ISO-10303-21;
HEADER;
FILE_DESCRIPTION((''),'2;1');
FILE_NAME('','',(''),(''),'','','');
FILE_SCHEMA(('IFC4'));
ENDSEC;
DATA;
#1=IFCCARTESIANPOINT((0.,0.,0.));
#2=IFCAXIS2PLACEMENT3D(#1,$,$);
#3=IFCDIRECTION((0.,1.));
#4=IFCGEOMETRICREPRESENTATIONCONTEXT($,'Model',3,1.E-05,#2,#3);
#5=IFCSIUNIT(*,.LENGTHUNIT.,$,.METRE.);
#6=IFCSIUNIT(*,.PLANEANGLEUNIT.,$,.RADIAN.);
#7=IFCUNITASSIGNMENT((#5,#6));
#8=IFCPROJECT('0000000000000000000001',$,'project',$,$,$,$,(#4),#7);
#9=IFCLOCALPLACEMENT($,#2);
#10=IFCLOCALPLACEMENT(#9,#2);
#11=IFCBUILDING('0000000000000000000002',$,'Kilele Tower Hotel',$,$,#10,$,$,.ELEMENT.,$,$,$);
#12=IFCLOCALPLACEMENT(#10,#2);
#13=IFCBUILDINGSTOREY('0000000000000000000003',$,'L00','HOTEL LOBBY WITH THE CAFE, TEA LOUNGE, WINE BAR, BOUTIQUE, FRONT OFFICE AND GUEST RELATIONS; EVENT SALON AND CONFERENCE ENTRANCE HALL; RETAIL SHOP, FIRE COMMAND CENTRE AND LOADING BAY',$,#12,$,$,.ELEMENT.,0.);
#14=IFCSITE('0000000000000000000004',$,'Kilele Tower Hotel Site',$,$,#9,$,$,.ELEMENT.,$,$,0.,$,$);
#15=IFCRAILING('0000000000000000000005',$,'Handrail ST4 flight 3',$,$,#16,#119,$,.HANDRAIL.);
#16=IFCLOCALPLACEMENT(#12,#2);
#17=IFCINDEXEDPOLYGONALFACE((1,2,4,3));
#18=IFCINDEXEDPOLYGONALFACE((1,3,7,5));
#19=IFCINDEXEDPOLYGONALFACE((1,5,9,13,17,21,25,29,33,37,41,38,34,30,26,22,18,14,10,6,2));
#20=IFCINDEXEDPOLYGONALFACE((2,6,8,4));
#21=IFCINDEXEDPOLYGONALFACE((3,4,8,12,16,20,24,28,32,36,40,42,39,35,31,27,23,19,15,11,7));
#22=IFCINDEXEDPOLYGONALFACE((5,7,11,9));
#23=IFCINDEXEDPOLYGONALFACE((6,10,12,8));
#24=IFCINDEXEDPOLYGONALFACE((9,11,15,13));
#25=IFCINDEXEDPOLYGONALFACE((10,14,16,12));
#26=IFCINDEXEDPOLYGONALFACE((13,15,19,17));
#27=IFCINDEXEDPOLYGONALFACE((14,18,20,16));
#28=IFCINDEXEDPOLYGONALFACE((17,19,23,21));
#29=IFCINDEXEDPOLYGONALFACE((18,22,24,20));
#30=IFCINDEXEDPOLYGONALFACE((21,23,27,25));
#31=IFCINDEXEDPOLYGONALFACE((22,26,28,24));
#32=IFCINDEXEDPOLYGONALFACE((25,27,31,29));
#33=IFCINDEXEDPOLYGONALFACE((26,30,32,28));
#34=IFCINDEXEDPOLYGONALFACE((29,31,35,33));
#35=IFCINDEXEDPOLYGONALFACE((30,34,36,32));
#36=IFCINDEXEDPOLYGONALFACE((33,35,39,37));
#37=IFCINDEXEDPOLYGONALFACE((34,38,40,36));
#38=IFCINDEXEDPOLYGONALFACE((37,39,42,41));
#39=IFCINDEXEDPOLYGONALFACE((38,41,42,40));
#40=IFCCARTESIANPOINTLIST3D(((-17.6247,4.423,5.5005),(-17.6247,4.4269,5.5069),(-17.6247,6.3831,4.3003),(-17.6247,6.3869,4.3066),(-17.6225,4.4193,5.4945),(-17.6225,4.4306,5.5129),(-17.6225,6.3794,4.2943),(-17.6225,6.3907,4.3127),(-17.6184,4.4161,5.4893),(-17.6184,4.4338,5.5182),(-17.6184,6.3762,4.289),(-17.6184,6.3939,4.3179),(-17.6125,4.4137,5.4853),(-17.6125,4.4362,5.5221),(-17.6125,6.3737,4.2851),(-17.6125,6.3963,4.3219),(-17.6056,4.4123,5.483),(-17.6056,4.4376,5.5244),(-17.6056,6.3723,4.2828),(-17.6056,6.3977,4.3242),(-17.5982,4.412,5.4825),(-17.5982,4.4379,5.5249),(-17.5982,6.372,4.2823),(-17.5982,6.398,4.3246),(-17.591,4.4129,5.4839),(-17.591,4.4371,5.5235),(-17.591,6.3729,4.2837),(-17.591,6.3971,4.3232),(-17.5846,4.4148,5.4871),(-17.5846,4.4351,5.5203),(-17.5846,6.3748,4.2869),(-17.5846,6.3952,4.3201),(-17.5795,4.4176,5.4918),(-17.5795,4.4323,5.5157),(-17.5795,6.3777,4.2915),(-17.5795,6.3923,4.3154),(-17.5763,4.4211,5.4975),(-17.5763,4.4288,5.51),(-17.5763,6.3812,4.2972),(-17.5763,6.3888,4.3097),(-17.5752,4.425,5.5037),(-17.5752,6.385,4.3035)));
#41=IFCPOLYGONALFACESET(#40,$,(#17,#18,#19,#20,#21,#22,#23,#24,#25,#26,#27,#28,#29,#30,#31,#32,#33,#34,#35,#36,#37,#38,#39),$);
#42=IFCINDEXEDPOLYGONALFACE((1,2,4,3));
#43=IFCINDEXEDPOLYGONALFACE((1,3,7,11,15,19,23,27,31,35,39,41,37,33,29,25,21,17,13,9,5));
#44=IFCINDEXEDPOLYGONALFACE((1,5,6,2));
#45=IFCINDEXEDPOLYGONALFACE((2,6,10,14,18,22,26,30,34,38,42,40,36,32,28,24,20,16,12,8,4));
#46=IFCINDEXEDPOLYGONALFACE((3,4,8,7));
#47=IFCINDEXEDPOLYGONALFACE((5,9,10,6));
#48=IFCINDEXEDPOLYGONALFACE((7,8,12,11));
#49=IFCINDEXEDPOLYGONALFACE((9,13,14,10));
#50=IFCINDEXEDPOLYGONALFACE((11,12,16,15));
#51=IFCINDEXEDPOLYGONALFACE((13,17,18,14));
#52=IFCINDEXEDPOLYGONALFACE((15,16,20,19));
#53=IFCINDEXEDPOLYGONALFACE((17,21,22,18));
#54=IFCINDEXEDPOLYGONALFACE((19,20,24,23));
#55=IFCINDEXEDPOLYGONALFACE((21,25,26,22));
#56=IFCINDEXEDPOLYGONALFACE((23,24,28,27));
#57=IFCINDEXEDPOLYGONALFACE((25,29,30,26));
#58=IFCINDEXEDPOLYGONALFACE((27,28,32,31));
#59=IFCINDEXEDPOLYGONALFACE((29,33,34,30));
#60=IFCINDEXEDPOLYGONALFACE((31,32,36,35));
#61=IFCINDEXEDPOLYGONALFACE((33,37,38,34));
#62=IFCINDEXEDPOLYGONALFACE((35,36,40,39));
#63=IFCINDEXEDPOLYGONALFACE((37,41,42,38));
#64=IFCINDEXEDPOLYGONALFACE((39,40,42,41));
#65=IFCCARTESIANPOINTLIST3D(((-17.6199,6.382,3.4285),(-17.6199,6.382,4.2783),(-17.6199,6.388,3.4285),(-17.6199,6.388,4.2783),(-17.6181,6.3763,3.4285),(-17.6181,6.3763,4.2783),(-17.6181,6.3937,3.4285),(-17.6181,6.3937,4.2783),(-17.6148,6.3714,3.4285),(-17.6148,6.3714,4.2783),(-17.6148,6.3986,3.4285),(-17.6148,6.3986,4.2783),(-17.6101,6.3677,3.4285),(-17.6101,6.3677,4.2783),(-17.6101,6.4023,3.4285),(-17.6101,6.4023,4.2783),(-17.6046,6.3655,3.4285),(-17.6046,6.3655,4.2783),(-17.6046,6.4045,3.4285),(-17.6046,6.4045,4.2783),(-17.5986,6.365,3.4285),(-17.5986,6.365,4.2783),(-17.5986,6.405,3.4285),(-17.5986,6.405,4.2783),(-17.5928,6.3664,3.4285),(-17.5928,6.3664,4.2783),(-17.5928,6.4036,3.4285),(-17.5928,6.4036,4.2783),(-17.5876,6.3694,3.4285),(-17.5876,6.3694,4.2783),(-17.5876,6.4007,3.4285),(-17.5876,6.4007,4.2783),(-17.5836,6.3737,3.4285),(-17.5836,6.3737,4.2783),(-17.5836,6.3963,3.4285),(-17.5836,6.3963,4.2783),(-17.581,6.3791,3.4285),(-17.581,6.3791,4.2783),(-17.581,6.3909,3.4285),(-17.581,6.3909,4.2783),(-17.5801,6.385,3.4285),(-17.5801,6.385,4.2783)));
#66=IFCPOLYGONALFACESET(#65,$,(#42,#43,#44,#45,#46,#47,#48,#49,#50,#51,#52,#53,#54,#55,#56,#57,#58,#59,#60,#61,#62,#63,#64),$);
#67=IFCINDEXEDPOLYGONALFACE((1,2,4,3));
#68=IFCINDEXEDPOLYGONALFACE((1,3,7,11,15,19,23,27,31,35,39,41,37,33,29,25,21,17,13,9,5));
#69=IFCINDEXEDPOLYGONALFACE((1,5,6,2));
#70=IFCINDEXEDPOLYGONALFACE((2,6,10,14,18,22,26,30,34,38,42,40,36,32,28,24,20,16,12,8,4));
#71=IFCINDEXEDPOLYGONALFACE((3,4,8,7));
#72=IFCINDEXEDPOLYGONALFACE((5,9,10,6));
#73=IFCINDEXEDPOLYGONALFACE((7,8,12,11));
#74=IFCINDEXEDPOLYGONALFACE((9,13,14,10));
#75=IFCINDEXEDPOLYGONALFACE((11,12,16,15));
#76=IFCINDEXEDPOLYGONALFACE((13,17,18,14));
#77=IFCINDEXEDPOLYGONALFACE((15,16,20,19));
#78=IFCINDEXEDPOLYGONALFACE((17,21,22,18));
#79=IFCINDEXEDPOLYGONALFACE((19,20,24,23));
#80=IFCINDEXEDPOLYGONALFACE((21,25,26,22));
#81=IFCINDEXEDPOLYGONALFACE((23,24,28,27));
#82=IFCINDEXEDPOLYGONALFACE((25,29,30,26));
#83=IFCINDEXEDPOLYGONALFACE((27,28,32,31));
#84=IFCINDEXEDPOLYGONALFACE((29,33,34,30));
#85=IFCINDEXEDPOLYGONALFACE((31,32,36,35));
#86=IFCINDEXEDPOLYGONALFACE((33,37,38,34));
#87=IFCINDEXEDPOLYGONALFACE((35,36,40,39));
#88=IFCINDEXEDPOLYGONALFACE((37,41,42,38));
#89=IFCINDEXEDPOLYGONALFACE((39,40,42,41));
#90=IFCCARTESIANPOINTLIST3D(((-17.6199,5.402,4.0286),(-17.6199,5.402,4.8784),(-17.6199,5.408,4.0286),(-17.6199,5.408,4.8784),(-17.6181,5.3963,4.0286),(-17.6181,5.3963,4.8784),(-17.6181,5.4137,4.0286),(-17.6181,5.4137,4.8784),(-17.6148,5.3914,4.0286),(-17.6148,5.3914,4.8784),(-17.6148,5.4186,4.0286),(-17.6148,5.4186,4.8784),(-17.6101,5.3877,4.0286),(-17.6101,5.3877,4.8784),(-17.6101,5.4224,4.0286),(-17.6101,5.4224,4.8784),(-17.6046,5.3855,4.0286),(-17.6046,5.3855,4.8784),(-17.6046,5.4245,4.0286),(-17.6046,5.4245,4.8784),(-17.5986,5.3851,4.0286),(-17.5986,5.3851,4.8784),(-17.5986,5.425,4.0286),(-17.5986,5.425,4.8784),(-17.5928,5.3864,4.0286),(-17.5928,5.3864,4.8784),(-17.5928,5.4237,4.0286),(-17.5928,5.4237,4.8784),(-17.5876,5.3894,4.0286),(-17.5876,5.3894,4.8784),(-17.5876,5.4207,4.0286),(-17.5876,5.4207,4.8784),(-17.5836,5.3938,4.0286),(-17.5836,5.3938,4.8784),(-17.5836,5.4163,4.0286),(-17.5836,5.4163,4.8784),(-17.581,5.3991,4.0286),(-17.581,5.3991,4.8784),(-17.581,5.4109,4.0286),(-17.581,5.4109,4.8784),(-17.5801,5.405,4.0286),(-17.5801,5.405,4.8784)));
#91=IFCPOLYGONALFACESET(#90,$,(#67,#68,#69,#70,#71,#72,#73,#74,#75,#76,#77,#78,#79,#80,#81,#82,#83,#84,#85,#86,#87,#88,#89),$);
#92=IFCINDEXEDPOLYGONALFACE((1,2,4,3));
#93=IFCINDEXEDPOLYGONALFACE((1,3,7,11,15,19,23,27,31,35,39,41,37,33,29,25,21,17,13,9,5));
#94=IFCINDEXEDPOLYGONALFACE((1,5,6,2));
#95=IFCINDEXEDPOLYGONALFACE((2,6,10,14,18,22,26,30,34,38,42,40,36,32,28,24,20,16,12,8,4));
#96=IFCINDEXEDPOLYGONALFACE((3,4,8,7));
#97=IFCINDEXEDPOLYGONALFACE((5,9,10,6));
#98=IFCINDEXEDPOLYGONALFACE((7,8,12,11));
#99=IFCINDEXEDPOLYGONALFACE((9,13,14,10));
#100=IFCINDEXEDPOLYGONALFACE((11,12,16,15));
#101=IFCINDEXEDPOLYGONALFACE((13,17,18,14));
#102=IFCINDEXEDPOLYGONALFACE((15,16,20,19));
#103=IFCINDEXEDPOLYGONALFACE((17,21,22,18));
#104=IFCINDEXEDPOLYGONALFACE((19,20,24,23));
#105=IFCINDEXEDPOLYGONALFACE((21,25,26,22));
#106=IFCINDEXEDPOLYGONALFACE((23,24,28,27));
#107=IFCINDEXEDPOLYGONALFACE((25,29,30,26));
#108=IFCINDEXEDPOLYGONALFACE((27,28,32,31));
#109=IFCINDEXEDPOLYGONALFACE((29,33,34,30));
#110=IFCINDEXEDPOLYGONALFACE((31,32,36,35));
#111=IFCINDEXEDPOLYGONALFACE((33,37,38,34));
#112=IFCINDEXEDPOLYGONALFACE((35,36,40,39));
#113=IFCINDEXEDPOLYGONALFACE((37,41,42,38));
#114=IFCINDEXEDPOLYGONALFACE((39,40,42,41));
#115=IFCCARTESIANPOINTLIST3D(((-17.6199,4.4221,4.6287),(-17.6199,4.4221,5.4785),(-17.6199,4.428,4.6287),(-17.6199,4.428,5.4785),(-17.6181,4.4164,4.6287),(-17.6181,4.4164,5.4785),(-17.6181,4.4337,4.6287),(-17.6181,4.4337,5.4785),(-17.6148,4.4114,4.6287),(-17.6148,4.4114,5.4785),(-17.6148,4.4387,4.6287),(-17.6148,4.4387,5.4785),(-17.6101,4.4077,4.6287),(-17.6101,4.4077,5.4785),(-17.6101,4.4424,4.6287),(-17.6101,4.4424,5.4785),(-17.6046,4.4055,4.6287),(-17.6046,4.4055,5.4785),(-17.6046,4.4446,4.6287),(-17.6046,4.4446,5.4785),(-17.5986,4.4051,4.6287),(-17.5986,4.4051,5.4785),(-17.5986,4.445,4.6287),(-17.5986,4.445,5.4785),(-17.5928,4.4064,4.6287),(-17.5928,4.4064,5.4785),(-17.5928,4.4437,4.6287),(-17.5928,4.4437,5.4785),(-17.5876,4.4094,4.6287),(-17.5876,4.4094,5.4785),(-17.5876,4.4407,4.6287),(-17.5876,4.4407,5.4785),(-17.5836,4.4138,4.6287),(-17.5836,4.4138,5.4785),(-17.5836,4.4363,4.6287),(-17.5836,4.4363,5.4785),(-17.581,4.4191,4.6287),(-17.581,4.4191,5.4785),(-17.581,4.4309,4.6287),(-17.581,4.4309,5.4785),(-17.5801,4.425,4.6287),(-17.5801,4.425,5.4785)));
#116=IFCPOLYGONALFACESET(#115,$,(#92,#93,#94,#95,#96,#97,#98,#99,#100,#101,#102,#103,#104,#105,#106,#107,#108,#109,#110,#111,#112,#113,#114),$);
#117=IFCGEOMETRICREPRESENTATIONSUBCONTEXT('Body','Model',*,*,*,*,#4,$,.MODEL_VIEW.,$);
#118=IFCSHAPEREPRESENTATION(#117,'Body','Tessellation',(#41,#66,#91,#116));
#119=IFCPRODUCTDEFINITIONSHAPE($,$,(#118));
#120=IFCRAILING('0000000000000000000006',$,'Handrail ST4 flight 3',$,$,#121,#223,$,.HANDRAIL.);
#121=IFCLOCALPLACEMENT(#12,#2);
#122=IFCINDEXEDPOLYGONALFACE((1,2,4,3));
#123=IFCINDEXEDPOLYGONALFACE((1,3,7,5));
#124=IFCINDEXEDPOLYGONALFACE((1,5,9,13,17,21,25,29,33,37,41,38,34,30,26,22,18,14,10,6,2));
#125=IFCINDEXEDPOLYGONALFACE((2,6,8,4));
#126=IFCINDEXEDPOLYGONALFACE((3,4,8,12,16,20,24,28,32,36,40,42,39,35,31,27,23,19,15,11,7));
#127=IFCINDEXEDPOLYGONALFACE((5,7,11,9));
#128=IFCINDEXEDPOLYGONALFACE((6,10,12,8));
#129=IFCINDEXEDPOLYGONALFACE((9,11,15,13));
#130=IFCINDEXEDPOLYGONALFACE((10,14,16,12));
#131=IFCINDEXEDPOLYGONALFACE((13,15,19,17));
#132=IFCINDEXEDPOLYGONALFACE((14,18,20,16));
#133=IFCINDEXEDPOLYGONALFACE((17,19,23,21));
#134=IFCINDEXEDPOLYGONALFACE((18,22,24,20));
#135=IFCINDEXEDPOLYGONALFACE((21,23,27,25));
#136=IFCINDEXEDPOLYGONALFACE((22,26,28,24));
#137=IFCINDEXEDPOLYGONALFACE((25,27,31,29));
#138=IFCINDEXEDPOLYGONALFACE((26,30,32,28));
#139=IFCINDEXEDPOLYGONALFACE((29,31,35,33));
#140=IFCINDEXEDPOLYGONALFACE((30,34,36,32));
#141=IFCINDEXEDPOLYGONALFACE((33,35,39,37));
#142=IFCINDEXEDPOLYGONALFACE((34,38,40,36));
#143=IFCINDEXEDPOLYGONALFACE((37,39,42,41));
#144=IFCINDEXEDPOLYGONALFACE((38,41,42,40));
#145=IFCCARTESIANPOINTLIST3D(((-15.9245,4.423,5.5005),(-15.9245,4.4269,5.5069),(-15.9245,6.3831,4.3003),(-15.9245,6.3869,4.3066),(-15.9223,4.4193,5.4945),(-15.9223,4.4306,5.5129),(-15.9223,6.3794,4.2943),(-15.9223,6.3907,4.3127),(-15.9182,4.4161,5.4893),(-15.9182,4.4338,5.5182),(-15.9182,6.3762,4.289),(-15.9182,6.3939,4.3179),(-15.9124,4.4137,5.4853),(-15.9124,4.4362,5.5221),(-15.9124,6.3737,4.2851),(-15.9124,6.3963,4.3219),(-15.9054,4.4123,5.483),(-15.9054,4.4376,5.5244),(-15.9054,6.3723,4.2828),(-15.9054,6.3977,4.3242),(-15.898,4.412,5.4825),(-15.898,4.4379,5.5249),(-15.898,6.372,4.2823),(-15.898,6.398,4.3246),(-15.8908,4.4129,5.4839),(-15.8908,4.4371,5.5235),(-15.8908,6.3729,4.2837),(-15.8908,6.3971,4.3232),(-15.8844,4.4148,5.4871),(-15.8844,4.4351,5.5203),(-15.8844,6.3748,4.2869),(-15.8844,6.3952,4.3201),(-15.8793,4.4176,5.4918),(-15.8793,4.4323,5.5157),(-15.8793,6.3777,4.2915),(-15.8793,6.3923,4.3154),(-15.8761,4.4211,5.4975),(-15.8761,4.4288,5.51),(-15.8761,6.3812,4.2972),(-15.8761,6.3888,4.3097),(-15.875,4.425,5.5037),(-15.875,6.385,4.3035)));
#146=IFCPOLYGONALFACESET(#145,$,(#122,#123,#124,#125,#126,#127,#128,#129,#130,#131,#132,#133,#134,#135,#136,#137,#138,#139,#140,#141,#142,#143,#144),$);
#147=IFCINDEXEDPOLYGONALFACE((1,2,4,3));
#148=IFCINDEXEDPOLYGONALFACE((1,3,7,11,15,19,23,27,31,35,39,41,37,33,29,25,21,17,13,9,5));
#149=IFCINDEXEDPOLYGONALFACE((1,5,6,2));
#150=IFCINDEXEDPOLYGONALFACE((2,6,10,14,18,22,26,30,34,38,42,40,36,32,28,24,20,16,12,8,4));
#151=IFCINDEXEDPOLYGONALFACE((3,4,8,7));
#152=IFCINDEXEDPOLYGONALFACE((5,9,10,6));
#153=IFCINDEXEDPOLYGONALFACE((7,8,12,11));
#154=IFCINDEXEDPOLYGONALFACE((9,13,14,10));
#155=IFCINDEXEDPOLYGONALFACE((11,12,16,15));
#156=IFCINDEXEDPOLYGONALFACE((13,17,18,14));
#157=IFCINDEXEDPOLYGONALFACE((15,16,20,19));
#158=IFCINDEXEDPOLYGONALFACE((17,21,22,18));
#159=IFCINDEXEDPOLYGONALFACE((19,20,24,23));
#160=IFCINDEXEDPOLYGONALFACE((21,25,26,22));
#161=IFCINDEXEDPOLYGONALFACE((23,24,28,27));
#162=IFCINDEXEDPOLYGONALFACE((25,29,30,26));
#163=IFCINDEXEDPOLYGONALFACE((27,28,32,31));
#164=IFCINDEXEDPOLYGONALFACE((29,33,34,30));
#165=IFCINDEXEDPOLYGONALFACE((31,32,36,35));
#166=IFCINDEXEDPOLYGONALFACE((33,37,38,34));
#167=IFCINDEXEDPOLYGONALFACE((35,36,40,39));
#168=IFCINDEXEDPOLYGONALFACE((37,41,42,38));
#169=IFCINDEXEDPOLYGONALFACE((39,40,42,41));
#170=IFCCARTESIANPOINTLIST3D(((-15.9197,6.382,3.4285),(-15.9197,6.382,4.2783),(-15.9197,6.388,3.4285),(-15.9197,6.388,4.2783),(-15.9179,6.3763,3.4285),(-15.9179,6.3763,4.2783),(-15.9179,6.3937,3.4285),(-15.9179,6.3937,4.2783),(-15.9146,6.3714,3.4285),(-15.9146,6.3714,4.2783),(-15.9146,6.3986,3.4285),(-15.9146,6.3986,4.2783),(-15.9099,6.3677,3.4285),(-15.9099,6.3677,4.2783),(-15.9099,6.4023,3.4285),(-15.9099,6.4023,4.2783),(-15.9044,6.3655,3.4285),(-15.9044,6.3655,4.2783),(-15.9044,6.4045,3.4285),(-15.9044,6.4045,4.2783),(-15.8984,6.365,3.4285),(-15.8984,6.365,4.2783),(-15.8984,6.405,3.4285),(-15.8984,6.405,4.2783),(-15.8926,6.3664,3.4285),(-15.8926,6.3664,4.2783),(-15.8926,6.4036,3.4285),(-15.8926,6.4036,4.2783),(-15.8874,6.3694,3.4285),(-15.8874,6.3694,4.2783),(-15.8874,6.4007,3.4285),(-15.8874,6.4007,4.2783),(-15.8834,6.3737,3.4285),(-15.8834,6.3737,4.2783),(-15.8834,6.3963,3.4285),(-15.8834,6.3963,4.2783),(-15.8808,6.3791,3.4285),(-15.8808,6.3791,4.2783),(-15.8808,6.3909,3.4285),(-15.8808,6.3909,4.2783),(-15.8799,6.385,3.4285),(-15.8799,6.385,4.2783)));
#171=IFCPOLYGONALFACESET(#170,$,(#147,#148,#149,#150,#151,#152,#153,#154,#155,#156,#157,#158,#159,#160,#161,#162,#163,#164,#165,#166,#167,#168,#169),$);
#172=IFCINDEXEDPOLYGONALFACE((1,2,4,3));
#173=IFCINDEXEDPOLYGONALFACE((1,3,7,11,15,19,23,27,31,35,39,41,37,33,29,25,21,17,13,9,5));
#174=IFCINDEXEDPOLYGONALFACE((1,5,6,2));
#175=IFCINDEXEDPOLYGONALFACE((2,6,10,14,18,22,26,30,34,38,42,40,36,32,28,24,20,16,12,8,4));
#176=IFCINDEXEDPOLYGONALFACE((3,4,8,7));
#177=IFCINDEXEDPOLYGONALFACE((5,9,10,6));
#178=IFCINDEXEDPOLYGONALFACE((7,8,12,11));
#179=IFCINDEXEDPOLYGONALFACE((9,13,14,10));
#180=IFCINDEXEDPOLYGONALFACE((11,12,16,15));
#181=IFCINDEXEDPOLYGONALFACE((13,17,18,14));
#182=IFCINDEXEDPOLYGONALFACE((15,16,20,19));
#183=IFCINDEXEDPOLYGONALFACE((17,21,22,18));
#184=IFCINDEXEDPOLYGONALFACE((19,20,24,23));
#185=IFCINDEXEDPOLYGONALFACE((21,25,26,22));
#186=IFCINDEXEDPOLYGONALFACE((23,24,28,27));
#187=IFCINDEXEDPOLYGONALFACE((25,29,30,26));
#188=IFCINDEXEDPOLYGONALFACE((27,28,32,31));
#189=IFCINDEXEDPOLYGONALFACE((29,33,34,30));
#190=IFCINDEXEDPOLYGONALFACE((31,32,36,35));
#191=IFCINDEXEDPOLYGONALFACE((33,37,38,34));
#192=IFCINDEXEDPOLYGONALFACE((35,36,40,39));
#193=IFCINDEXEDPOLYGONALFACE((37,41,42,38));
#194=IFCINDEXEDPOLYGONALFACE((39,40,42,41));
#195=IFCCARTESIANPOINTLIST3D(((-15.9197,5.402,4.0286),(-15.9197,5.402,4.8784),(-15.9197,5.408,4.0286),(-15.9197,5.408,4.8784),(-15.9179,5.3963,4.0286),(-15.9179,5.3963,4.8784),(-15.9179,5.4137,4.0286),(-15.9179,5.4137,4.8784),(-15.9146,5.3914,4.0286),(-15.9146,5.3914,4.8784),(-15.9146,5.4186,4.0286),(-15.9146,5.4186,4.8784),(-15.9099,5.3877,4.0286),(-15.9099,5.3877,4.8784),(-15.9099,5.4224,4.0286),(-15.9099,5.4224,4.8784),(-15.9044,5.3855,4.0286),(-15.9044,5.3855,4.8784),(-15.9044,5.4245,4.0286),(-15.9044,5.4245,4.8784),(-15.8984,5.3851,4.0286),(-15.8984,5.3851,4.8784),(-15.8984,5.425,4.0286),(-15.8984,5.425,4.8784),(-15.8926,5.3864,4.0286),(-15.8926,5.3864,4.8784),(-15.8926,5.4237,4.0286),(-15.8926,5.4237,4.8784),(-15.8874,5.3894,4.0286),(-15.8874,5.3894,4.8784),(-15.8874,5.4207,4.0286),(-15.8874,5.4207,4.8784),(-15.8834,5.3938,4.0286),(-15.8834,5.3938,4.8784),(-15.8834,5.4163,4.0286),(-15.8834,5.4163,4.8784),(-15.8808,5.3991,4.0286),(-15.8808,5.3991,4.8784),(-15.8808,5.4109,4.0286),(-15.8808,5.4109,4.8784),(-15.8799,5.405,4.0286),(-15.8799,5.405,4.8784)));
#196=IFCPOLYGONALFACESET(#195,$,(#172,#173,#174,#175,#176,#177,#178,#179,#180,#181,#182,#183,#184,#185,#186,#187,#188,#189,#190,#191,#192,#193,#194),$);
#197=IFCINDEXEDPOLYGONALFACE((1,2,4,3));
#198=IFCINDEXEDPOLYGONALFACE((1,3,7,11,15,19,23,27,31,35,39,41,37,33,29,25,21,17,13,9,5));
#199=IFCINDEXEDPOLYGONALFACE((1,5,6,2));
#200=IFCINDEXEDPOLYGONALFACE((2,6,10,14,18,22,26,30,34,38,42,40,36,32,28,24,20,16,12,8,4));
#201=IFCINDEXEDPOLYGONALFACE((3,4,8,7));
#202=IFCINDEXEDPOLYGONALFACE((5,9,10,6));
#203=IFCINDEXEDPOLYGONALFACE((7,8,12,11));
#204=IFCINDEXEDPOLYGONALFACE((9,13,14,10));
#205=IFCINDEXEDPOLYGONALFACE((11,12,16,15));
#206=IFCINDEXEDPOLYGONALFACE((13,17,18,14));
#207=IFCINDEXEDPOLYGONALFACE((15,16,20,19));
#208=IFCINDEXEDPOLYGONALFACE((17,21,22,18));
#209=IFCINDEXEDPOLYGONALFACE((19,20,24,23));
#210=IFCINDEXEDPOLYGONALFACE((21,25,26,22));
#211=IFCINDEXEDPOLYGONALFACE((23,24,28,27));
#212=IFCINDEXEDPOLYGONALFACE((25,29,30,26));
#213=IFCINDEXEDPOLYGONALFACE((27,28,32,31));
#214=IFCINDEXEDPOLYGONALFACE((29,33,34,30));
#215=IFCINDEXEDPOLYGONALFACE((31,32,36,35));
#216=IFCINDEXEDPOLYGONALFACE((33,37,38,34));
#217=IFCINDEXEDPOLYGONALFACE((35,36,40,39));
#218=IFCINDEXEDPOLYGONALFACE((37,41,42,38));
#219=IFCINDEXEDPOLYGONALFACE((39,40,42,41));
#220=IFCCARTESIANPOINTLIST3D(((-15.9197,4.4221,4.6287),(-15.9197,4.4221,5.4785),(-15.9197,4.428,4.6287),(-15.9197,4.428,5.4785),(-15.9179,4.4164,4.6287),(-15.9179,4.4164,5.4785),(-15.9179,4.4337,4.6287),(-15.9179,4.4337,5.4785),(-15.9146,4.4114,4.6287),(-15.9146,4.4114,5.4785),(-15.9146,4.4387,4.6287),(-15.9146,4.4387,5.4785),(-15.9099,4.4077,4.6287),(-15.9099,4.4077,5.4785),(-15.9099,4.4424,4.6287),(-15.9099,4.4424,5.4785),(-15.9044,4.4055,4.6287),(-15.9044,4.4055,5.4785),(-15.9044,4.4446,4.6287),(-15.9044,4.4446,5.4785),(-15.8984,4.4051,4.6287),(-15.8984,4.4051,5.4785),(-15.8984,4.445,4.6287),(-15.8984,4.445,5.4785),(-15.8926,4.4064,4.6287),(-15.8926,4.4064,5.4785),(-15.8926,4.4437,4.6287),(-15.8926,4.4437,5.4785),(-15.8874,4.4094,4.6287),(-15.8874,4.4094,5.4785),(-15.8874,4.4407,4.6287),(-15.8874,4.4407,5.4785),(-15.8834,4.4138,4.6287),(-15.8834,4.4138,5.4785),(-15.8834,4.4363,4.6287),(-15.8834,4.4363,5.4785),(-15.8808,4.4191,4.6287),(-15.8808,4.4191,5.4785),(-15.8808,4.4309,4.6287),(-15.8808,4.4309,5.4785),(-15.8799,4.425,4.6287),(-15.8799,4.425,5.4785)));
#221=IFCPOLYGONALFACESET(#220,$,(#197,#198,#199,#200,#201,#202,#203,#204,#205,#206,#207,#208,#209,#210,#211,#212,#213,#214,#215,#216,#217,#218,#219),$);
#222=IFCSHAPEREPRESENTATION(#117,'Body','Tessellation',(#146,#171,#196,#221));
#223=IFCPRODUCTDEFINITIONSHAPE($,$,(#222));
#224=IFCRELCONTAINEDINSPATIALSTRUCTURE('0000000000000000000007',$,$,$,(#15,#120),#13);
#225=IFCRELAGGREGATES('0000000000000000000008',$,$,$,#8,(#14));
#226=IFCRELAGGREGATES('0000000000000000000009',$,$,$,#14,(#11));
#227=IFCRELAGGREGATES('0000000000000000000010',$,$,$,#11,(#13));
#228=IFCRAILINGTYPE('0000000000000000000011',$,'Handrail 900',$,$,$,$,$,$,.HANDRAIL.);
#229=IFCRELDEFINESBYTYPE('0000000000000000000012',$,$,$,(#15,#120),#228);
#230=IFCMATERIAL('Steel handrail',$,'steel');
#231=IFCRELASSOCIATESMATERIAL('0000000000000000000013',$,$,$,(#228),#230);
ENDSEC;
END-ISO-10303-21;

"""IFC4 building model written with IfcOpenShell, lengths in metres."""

from ifc_helpers import new_model, si_unit, direction, frame, origin, origin_2d, place, context, subcontext, project, spatial, circle, extrude, material, type_object, element, save


model = new_model("IFC4")

# Units and contexts
model_context = context("Model", 3, precision=1e-05, world=origin(), true_north=direction((0.0, 1.0)))
body_context = subcontext(model_context, "Body", "Model", "MODEL_VIEW")
ifc_project = project(units=[si_unit("LENGTHUNIT", "METRE"), si_unit("PLANEANGLEUNIT", "RADIAN")], contexts=[model_context])

# Site, building, storey
site_placement = place(None, origin())
site = spatial("IfcSite", under=ifc_project, at=site_placement, Name="Kilele Tower Hotel Site", CompositionType="ELEMENT", RefElevation=0.0)
building_placement = place(site_placement, origin())
building = spatial("IfcBuilding", under=site, at=building_placement, Name="Kilele Tower Hotel", CompositionType="ELEMENT")
storey_placement = place(building_placement, origin())
storey = spatial("IfcBuildingStorey", under=building, at=storey_placement, Name="L00", Description="HOTEL LOBBY WITH THE CAFE, TEA LOUNGE, WINE BAR, BOUTIQUE, FRONT OFFICE AND GUEST RELATIONS; EVENT SALON AND CONFERENCE ENTRANCE HALL; RETAIL SHOP, FIRE COMMAND CENTRE AND LOADING BAY", CompositionType="ELEMENT", Elevation=0.0)

# Railings
ifc_material_1 = material(Name="Steel handrail", Category="steel")
railing_type_1 = type_object("IfcRailingType", Name="Handrail 900", PredefinedType="HANDRAIL", material=ifc_material_1)
for number, where, name in (
    (1, (-17.6001, 6.385, 3.4285), "Handrail ST4 flight 3"),
    (2, (-15.8999, 6.385, 3.4285), "Handrail ST4 flight 3"),
):
    element("IfcRailing", number, at=place(storey_placement, frame(where)), inside=storey, type_object=railing_type_1, Name=name, PredefinedType="HANDRAIL", context=body_context, shape_type="SweptSolid", body=[
        extrude(circle(Radius=0.0249, at=origin_2d()), frame((0.0, 0.0, 0.875), z_axis=(0.0, -0.852809, 0.522223), x_axis=(1.0, 0.0, 0.0)), (0.0, 0.0, 1.0), 2.2983),
        extrude(circle(Radius=0.02, at=origin_2d()), origin(), (0.0, 0.0, 1.0), 0.8499),
        extrude(circle(Radius=0.02, at=origin_2d()), frame((0.0, -0.98, 0.6001)), (0.0, 0.0, 1.0), 0.8499),
        extrude(circle(Radius=0.02, at=origin_2d()), frame((0.0, -1.96, 1.2002)), (0.0, 0.0, 1.0), 0.8499),
    ])

save(model, "model.ifc")
